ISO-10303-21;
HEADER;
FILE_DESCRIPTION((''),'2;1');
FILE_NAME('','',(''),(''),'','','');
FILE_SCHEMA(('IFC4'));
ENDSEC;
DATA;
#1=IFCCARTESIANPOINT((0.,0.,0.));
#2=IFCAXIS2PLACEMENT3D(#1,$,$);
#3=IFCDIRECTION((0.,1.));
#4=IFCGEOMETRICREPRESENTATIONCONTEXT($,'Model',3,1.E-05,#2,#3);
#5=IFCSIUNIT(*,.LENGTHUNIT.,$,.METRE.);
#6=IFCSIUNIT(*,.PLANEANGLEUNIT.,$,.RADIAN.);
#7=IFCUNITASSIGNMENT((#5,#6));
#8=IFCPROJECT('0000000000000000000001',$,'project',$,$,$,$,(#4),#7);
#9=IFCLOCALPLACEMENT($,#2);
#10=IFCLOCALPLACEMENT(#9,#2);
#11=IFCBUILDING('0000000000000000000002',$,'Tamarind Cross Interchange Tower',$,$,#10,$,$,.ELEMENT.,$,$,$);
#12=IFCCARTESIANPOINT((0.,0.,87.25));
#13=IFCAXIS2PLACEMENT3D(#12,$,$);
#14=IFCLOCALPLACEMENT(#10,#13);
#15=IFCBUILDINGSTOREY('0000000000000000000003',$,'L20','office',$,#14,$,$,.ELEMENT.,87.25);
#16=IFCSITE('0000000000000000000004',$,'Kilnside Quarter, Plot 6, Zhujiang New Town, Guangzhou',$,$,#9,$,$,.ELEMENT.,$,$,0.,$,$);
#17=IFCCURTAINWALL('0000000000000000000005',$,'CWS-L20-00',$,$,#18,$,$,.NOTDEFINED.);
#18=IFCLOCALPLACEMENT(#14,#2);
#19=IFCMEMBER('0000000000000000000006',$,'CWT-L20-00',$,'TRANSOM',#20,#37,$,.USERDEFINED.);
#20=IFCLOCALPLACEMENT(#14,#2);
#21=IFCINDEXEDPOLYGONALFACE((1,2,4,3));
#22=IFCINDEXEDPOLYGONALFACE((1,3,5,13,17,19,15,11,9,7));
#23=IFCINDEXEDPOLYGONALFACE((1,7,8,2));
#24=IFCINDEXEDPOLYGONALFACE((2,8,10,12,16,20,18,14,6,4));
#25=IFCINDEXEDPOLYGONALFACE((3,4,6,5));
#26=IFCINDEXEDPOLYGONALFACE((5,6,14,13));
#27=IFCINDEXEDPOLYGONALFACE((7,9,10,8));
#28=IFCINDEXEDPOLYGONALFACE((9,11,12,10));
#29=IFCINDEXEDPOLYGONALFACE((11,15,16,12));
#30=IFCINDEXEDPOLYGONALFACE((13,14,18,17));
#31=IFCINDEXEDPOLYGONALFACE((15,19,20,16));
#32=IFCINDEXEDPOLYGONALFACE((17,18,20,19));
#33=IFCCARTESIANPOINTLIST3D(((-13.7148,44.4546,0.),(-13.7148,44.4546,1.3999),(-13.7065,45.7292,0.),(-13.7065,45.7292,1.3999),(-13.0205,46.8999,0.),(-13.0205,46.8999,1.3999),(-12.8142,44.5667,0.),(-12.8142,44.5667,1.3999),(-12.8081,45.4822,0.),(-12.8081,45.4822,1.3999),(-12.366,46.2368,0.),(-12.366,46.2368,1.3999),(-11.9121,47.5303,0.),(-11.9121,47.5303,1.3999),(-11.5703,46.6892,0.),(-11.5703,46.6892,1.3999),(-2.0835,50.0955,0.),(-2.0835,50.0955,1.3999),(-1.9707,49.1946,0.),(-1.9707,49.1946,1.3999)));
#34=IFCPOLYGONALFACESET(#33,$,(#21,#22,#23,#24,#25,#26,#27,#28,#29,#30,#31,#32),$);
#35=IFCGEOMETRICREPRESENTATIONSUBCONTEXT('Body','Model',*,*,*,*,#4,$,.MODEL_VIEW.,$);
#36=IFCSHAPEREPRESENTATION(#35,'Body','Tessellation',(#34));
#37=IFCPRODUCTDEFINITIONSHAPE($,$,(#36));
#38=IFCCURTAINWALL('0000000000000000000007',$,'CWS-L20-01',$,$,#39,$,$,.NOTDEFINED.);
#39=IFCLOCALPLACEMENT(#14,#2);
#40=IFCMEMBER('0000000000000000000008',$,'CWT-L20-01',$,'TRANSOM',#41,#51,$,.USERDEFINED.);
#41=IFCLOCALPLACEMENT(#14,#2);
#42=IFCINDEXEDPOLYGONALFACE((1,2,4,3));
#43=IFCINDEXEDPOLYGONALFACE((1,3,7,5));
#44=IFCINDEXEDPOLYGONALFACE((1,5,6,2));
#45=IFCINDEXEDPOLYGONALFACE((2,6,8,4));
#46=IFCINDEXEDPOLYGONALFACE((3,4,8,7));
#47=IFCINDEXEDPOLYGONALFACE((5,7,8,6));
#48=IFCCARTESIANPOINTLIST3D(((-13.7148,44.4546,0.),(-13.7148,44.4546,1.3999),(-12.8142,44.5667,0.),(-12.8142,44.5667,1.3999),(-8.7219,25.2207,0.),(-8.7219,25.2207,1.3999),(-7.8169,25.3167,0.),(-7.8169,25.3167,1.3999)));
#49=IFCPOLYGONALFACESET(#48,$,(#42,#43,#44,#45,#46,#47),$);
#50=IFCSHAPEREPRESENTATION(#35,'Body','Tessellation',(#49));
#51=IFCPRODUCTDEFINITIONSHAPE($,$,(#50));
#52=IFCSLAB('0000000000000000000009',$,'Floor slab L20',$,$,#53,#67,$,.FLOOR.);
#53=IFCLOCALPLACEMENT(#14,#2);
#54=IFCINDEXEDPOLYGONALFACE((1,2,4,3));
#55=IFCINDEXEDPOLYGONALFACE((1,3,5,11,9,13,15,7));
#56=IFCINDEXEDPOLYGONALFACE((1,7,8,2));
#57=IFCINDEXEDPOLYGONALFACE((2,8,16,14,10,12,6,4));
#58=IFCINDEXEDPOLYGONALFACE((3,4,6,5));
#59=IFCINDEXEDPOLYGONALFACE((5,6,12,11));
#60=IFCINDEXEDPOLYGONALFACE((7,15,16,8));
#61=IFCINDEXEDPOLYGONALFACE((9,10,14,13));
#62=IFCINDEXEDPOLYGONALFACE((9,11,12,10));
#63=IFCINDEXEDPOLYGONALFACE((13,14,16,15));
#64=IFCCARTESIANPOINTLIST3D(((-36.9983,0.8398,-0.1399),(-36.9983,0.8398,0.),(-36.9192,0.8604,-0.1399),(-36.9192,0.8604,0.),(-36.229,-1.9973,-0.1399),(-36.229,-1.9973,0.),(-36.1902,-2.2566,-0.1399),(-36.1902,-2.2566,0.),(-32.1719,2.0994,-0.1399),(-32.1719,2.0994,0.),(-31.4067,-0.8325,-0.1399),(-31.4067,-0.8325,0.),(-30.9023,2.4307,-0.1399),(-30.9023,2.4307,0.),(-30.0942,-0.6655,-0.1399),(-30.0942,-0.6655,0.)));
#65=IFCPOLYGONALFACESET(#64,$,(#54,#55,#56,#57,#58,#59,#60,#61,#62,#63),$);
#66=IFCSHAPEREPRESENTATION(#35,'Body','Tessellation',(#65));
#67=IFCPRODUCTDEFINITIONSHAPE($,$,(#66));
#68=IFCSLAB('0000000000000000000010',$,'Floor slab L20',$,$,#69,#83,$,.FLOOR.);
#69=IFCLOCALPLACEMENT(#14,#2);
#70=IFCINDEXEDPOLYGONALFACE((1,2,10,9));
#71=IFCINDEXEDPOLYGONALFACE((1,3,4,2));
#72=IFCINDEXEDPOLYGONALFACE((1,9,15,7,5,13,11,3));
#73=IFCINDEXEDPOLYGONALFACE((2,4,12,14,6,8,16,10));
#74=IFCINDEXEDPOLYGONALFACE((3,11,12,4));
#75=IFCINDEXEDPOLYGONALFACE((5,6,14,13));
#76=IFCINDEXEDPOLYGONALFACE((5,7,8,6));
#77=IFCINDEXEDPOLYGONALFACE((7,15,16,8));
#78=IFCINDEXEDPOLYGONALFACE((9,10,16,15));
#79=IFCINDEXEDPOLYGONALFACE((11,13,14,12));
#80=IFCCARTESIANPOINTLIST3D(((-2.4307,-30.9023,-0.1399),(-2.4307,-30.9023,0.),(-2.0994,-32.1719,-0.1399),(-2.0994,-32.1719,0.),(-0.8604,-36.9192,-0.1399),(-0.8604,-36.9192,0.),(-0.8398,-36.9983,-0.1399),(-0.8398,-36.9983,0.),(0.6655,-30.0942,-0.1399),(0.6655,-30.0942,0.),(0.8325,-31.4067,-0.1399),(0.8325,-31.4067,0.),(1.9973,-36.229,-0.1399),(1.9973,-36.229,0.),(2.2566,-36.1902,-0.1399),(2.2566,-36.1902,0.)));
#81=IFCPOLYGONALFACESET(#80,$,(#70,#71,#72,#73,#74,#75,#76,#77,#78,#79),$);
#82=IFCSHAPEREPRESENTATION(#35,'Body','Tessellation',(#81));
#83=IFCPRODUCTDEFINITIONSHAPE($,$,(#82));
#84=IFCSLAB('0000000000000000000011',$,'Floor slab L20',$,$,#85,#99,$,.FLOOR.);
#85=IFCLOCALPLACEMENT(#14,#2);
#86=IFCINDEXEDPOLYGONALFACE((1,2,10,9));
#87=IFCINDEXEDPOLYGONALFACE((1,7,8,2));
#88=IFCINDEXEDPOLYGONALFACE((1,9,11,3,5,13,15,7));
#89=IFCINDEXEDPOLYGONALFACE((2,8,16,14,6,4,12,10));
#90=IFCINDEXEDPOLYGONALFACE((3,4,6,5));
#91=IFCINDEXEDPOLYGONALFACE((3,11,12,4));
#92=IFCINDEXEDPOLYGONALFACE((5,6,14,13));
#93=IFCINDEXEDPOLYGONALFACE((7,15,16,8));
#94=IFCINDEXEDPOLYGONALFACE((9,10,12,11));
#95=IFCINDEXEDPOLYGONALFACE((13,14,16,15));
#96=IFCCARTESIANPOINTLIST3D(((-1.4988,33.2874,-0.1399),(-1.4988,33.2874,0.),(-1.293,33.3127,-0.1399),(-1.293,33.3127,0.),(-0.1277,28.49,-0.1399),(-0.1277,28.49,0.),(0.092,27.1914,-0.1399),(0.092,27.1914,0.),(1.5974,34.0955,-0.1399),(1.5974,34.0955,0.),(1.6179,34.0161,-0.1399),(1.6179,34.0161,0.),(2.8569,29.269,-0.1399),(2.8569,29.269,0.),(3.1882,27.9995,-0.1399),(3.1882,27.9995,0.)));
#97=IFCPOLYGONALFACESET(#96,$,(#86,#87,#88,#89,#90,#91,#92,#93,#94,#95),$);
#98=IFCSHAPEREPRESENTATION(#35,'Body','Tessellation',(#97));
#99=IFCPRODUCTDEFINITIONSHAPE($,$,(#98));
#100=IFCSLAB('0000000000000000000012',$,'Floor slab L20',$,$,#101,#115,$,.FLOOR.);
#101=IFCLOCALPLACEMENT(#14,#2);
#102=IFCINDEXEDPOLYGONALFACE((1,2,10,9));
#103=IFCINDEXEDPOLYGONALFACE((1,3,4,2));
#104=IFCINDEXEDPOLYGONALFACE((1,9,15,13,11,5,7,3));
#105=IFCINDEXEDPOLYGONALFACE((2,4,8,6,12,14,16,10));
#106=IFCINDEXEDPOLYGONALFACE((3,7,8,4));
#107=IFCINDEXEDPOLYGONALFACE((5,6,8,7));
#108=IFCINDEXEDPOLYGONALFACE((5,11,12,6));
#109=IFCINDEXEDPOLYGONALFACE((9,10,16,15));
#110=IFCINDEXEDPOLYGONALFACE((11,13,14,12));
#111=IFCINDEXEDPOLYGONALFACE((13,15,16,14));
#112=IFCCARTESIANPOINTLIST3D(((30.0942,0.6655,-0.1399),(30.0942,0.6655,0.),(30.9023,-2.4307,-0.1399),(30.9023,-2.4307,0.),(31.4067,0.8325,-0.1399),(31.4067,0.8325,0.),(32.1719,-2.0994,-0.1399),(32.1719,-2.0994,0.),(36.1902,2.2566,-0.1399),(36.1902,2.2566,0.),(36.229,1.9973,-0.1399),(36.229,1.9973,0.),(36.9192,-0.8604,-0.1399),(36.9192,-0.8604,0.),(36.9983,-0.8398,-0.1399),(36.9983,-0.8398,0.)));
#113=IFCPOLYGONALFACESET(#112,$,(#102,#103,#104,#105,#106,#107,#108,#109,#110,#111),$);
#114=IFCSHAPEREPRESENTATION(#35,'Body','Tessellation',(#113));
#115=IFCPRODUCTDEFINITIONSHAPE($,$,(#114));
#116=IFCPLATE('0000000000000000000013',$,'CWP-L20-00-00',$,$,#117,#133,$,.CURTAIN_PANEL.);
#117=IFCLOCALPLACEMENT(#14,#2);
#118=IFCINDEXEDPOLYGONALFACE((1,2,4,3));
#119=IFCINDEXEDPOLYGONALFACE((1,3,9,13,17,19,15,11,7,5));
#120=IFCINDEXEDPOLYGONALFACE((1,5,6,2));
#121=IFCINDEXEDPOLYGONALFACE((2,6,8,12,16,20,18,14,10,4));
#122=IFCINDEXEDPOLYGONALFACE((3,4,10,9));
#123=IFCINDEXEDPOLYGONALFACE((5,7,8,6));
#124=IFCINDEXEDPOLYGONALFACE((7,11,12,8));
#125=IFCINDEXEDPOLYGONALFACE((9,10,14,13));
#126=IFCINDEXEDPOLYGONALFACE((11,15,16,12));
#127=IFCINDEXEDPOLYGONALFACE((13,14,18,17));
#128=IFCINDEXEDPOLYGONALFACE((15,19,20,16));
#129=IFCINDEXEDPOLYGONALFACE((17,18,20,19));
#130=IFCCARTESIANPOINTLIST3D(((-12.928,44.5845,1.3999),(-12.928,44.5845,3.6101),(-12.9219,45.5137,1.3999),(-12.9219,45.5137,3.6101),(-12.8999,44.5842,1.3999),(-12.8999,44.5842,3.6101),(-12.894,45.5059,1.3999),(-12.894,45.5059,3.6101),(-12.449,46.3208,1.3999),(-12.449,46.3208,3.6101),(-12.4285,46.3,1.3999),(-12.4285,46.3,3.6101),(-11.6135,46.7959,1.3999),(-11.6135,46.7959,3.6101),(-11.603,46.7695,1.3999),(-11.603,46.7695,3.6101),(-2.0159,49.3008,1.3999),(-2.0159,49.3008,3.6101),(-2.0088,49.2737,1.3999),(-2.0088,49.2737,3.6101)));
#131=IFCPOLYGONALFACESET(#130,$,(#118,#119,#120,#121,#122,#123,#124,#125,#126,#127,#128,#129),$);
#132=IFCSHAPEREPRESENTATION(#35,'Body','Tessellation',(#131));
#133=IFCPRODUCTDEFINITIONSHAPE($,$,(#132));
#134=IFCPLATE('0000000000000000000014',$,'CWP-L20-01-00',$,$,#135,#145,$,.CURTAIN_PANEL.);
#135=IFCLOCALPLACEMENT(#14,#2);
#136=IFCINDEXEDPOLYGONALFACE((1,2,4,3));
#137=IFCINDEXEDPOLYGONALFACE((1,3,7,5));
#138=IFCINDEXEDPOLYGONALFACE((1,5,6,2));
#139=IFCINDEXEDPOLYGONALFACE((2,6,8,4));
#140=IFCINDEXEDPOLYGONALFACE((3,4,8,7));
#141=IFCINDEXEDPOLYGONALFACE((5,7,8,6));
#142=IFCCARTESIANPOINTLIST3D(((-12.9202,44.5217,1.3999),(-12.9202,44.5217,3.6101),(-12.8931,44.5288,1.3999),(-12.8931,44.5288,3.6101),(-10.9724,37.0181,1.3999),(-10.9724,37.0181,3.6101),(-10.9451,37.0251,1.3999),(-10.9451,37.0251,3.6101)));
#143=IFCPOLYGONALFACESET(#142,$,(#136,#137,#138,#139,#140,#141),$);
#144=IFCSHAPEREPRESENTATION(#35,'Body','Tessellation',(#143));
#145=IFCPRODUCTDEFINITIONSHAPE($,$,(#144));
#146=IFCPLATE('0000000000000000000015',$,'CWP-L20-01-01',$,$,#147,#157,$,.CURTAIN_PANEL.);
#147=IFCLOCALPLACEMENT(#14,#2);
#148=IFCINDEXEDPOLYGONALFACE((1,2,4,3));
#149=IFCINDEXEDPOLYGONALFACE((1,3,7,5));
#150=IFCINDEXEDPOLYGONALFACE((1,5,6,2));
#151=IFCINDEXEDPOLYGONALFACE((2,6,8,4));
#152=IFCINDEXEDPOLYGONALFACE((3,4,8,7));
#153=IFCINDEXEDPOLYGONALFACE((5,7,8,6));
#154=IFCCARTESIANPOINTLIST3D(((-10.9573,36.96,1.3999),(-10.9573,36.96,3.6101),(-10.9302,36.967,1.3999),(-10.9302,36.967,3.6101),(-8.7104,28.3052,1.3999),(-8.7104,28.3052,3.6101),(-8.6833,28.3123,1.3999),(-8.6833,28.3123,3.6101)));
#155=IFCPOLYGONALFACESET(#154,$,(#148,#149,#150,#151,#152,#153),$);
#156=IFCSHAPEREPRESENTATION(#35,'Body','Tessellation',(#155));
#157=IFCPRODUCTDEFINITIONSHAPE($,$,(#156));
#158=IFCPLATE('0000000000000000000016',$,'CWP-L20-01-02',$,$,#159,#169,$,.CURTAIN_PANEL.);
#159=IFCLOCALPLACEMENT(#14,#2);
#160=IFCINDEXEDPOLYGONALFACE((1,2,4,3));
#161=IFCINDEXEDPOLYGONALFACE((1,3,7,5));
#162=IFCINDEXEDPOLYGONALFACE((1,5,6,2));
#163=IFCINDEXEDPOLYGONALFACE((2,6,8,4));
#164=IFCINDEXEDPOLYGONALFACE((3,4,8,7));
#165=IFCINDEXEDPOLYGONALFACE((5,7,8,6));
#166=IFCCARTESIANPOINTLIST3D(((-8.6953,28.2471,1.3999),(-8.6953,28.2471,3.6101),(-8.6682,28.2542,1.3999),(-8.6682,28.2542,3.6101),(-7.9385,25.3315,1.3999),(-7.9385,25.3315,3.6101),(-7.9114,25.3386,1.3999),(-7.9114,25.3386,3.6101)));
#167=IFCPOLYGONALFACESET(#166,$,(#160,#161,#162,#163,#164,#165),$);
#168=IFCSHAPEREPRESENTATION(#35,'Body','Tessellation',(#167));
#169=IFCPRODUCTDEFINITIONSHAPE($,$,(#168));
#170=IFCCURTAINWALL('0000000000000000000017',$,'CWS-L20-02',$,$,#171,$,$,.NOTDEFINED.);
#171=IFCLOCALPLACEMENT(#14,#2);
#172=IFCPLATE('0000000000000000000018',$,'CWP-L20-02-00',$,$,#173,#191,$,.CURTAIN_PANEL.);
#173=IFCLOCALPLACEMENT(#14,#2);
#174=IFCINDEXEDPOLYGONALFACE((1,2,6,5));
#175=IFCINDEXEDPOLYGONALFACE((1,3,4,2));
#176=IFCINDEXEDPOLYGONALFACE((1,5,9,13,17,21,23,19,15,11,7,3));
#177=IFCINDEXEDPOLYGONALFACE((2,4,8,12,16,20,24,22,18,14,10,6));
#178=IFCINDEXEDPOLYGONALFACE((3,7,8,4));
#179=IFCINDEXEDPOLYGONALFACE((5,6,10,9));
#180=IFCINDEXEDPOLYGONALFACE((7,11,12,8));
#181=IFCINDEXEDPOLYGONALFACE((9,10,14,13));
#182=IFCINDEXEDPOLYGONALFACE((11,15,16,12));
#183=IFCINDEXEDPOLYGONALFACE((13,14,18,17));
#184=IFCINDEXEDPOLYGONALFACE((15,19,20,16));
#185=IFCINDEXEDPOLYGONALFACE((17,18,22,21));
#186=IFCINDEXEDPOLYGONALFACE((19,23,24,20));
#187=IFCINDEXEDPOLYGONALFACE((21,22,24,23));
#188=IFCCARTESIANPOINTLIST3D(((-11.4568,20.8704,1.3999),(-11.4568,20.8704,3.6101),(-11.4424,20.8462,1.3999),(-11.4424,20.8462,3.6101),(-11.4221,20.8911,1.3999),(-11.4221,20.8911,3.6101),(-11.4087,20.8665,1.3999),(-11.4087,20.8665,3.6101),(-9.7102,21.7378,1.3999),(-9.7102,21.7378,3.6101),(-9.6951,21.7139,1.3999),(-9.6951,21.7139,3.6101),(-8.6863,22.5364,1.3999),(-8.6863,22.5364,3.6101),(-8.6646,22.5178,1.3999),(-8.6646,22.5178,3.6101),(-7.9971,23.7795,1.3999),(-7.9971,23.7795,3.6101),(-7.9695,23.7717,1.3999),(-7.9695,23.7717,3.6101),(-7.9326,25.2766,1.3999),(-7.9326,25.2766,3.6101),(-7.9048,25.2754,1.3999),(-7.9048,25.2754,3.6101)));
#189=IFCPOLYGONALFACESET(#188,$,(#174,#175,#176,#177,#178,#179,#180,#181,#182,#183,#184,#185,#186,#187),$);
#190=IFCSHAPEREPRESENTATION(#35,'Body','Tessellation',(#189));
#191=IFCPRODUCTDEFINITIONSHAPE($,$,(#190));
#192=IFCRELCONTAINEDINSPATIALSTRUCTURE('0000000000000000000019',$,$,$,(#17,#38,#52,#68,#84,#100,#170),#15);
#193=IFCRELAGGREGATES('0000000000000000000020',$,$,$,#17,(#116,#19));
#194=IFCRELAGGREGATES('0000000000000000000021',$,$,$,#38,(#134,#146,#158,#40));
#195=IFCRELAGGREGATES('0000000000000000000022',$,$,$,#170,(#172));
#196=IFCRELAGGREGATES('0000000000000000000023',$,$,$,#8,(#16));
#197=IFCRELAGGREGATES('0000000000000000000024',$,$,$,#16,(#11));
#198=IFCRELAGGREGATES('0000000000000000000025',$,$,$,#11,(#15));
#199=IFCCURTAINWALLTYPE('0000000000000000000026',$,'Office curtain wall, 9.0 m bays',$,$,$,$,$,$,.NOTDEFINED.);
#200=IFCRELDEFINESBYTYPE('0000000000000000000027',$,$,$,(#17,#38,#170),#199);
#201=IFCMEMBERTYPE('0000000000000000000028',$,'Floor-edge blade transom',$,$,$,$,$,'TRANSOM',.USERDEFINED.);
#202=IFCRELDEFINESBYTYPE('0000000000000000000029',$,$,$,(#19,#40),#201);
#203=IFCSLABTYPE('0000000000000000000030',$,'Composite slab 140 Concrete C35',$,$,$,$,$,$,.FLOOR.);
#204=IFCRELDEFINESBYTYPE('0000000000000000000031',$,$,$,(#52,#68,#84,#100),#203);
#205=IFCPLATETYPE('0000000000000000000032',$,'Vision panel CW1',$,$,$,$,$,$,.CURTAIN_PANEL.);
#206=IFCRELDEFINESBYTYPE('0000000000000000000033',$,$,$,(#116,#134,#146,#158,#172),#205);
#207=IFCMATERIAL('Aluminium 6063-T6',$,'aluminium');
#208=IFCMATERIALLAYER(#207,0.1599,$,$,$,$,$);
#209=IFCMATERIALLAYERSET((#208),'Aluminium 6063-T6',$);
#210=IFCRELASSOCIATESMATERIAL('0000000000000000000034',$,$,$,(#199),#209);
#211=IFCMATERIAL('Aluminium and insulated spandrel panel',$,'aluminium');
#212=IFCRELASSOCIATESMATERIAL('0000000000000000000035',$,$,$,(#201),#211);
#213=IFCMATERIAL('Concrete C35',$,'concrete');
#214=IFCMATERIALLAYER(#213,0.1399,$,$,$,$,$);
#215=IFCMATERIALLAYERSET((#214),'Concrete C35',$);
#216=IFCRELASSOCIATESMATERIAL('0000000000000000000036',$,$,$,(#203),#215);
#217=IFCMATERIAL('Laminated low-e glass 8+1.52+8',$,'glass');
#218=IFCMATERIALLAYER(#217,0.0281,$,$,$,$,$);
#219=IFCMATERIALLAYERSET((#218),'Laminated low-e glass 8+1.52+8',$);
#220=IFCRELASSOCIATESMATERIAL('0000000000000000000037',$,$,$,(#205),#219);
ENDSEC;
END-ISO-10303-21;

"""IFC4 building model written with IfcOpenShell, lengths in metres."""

from ifc_helpers import new_model, si_unit, direction, frame, origin, place, context, subcontext, project, spatial, polyline, outline, extrude, material, layer, layer_set, type_object, element, aggregate, save


model = new_model("IFC4")

# Units and contexts
model_context = context("Model", 3, precision=1e-05, world=origin(), true_north=direction((0.0, 1.0)))
body_context = subcontext(model_context, "Body", "Model", "MODEL_VIEW")
ifc_project = project(units=[si_unit("LENGTHUNIT", "METRE"), si_unit("PLANEANGLEUNIT", "RADIAN")], contexts=[model_context])

# Site, building, storey
site_placement = place(None, origin())
site = spatial("IfcSite", under=ifc_project, at=site_placement, Name="Kilnside Quarter, Plot 6, Zhujiang New Town, Guangzhou", CompositionType="ELEMENT", RefElevation=0.0)
building_placement = place(site_placement, origin())
building = spatial("IfcBuilding", under=site, at=building_placement, Name="Tamarind Cross Interchange Tower", CompositionType="ELEMENT")
storey_placement = place(building_placement, frame((0.0, 0.0, 87.25)))
storey = spatial("IfcBuildingStorey", under=building, at=storey_placement, Name="L20", Description="office", CompositionType="ELEMENT", Elevation=87.25)

# Curtain walls, members
ifc_material_1 = material(Name="Aluminium 6063-T6", Category="aluminium")
ifc_layer_1 = layer(ifc_material_1, 0.1599)
ifc_layer_set_1 = layer_set([ifc_layer_1], Name="Aluminium 6063-T6")
curtain_wall_type = type_object("IfcCurtainWallType", Name="Office curtain wall, 9.0 m bays", PredefinedType="NOTDEFINED", material=ifc_layer_set_1)
curtain_wall_1_placement = place(storey_placement, origin())
curtain_wall_1 = element("IfcCurtainWall", 1, at=curtain_wall_1_placement, inside=storey, type_object=curtain_wall_type, Name="CWS-L20-00", PredefinedType="NOTDEFINED")
ifc_material_2 = material(Name="Aluminium and insulated spandrel panel", Category="aluminium")
member_type = type_object("IfcMemberType", Name="Floor-edge blade transom", ElementType="TRANSOM", PredefinedType="USERDEFINED", material=ifc_material_2)
member_1_placement = place(storey_placement, origin())
member_1 = element("IfcMember", 2, at=member_1_placement, type_object=member_type, Name="CWT-L20-00", ObjectType="TRANSOM", PredefinedType="USERDEFINED", context=body_context, shape_type="SweptSolid", body=[
    extrude(outline(polyline([(-1.9707, 49.1946), (-11.5703, 46.6892), (-12.366, 46.2368), (-12.8081, 45.4822), (-12.8142, 44.5667), (-13.7148, 44.4546), (-13.7065, 45.7292), (-13.0205, 46.8999), (-11.9121, 47.5303), (-2.0835, 50.0955), (-1.9707, 49.1946)])), origin(), (0.0, 0.0, 1.0), 1.3999),
])
curtain_wall_2_placement = place(storey_placement, origin())
curtain_wall_2 = element("IfcCurtainWall", 3, at=curtain_wall_2_placement, inside=storey, type_object=curtain_wall_type, Name="CWS-L20-01", PredefinedType="NOTDEFINED")
member_2_placement = place(storey_placement, origin())
member_2 = element("IfcMember", 4, at=member_2_placement, type_object=member_type, Name="CWT-L20-01", ObjectType="TRANSOM", PredefinedType="USERDEFINED", context=body_context, shape_type="SweptSolid", body=[
    extrude(outline(polyline([(-12.8142, 44.5667), (-7.8169, 25.3167), (-8.7219, 25.2207), (-13.7148, 44.4546), (-12.8142, 44.5667)])), origin(), (0.0, 0.0, 1.0), 1.3999),
])

# Slabs
ifc_material_3 = material(Name="Concrete C35", Category="concrete")
ifc_layer_2 = layer(ifc_material_3, 0.1399)
ifc_layer_set_2 = layer_set([ifc_layer_2], Name="Concrete C35")
slab_type = type_object("IfcSlabType", Name="Composite slab 140 Concrete C35", PredefinedType="FLOOR", material=ifc_layer_set_2)
slab_1_placement = place(storey_placement, frame((0.0, 0.0, -0.1399)))
element("IfcSlab", 5, at=slab_1_placement, inside=storey, type_object=slab_type, Name="Floor slab L20", PredefinedType="FLOOR", context=body_context, shape_type="SweptSolid", body=[
    extrude(outline(polyline([(-30.0942, -0.6655), (-30.9023, 2.4307), (-32.1719, 2.0994), (-31.4067, -0.8325), (-36.229, -1.9973), (-36.9192, 0.8604), (-36.9983, 0.8398), (-36.1902, -2.2566), (-30.0942, -0.6655)])), origin(), (0.0, 0.0, 1.0), 0.1399),
])
slab_2_placement = place(storey_placement, frame((0.0, 0.0, -0.1399)))
element("IfcSlab", 6, at=slab_2_placement, inside=storey, type_object=slab_type, Name="Floor slab L20", PredefinedType="FLOOR", context=body_context, shape_type="SweptSolid", body=[
    extrude(outline(polyline([(0.6655, -30.0942), (-2.4307, -30.9023), (-2.0994, -32.1719), (0.8325, -31.4067), (1.9973, -36.229), (-0.8604, -36.9192), (-0.8398, -36.9983), (2.2566, -36.1902), (0.6655, -30.0942)])), origin(), (0.0, 0.0, 1.0), 0.1399),
])
slab_3_placement = place(storey_placement, frame((0.0, 0.0, -0.1399)))
element("IfcSlab", 7, at=slab_3_placement, inside=storey, type_object=slab_type, Name="Floor slab L20", PredefinedType="FLOOR", context=body_context, shape_type="SweptSolid", body=[
    extrude(outline(polyline([(0.092, 27.1914), (3.1882, 27.9995), (2.8569, 29.269), (-0.1277, 28.49), (-1.293, 33.3127), (1.6179, 34.0161), (1.5974, 34.0955), (-1.4988, 33.2874), (0.092, 27.1914)])), origin(), (0.0, 0.0, 1.0), 0.1399),
])
slab_4_placement = place(storey_placement, frame((0.0, 0.0, -0.1399)))
element("IfcSlab", 8, at=slab_4_placement, inside=storey, type_object=slab_type, Name="Floor slab L20", PredefinedType="FLOOR", context=body_context, shape_type="SweptSolid", body=[
    extrude(outline(polyline([(36.229, 1.9973), (36.9192, -0.8604), (36.9983, -0.8398), (36.1902, 2.2566), (30.0942, 0.6655), (30.9023, -2.4307), (32.1719, -2.0994), (31.4067, 0.8325), (36.229, 1.9973)])), origin(), (0.0, 0.0, 1.0), 0.1399),
])

# Plates
ifc_material_4 = material(Name="Laminated low-e glass 8+1.52+8", Category="glass")
ifc_layer_3 = layer(ifc_material_4, 0.0281)
ifc_layer_set_3 = layer_set([ifc_layer_3], Name="Laminated low-e glass 8+1.52+8")
plate_type = type_object("IfcPlateType", Name="Vision panel CW1", PredefinedType="CURTAIN_PANEL", material=ifc_layer_set_3)
plate_1_placement = place(storey_placement, frame((0.0, 0.0, 1.3999)))
plate_1 = element("IfcPlate", 9, at=plate_1_placement, type_object=plate_type, Name="CWP-L20-00-00", PredefinedType="CURTAIN_PANEL", context=body_context, shape_type="SweptSolid", body=[
    extrude(outline(polyline([(-2.0088, 49.2737), (-11.603, 46.7695), (-12.4285, 46.3), (-12.894, 45.5059), (-12.8999, 44.5842), (-12.928, 44.5845), (-12.9219, 45.5137), (-12.449, 46.3208), (-11.6135, 46.7959), (-2.0159, 49.3008), (-2.0088, 49.2737)])), origin(), (0.0, 0.0, 1.0), 2.2102),
])
aggregate(curtain_wall_1, [plate_1, member_1])
plate_2_placement = place(storey_placement, frame((0.0, 0.0, 1.3999)))
plate_2 = element("IfcPlate", 10, at=plate_2_placement, type_object=plate_type, Name="CWP-L20-01-00", PredefinedType="CURTAIN_PANEL", context=body_context, shape_type="SweptSolid", body=[
    extrude(outline(polyline([(-12.8931, 44.5288), (-10.9451, 37.0251), (-10.9724, 37.0181), (-12.9202, 44.5217), (-12.8931, 44.5288)])), origin(), (0.0, 0.0, 1.0), 2.2102),
])
plate_3_placement = place(storey_placement, frame((0.0, 0.0, 1.3999)))
plate_3 = element("IfcPlate", 11, at=plate_3_placement, type_object=plate_type, Name="CWP-L20-01-01", PredefinedType="CURTAIN_PANEL", context=body_context, shape_type="SweptSolid", body=[
    extrude(outline(polyline([(-10.9302, 36.967), (-8.6833, 28.3123), (-8.7104, 28.3052), (-10.9573, 36.96), (-10.9302, 36.967)])), origin(), (0.0, 0.0, 1.0), 2.2102),
])
plate_4_placement = place(storey_placement, frame((0.0, 0.0, 1.3999)))
plate_4 = element("IfcPlate", 12, at=plate_4_placement, type_object=plate_type, Name="CWP-L20-01-02", PredefinedType="CURTAIN_PANEL", context=body_context, shape_type="SweptSolid", body=[
    extrude(outline(polyline([(-8.6682, 28.2542), (-7.9114, 25.3386), (-7.9385, 25.3315), (-8.6953, 28.2471), (-8.6682, 28.2542)])), origin(), (0.0, 0.0, 1.0), 2.2102),
])
aggregate(curtain_wall_2, [plate_2, plate_3, plate_4, member_2])

# Curtain wall, plate
curtain_wall_3_placement = place(storey_placement, origin())
curtain_wall_3 = element("IfcCurtainWall", 13, at=curtain_wall_3_placement, inside=storey, type_object=curtain_wall_type, Name="CWS-L20-02", PredefinedType="NOTDEFINED")
plate_5_placement = place(storey_placement, frame((0.0, 0.0, 1.3999)))
plate_5 = element("IfcPlate", 14, at=plate_5_placement, type_object=plate_type, Name="CWP-L20-02-00", PredefinedType="CURTAIN_PANEL", context=body_context, shape_type="SweptSolid", body=[
    extrude(outline(polyline([(-7.9048, 25.2754), (-7.9695, 23.7717), (-8.6646, 22.5178), (-9.6951, 21.7139), (-11.4087, 20.8665), (-11.4424, 20.8462), (-11.4568, 20.8704), (-11.4221, 20.8911), (-9.7102, 21.7378), (-8.6863, 22.5364), (-7.9971, 23.7795), (-7.9326, 25.2766), (-7.9048, 25.2754)])), origin(), (0.0, 0.0, 1.0), 2.2102),
])
aggregate(curtain_wall_3, [plate_5])

save(model, "model.ifc")
